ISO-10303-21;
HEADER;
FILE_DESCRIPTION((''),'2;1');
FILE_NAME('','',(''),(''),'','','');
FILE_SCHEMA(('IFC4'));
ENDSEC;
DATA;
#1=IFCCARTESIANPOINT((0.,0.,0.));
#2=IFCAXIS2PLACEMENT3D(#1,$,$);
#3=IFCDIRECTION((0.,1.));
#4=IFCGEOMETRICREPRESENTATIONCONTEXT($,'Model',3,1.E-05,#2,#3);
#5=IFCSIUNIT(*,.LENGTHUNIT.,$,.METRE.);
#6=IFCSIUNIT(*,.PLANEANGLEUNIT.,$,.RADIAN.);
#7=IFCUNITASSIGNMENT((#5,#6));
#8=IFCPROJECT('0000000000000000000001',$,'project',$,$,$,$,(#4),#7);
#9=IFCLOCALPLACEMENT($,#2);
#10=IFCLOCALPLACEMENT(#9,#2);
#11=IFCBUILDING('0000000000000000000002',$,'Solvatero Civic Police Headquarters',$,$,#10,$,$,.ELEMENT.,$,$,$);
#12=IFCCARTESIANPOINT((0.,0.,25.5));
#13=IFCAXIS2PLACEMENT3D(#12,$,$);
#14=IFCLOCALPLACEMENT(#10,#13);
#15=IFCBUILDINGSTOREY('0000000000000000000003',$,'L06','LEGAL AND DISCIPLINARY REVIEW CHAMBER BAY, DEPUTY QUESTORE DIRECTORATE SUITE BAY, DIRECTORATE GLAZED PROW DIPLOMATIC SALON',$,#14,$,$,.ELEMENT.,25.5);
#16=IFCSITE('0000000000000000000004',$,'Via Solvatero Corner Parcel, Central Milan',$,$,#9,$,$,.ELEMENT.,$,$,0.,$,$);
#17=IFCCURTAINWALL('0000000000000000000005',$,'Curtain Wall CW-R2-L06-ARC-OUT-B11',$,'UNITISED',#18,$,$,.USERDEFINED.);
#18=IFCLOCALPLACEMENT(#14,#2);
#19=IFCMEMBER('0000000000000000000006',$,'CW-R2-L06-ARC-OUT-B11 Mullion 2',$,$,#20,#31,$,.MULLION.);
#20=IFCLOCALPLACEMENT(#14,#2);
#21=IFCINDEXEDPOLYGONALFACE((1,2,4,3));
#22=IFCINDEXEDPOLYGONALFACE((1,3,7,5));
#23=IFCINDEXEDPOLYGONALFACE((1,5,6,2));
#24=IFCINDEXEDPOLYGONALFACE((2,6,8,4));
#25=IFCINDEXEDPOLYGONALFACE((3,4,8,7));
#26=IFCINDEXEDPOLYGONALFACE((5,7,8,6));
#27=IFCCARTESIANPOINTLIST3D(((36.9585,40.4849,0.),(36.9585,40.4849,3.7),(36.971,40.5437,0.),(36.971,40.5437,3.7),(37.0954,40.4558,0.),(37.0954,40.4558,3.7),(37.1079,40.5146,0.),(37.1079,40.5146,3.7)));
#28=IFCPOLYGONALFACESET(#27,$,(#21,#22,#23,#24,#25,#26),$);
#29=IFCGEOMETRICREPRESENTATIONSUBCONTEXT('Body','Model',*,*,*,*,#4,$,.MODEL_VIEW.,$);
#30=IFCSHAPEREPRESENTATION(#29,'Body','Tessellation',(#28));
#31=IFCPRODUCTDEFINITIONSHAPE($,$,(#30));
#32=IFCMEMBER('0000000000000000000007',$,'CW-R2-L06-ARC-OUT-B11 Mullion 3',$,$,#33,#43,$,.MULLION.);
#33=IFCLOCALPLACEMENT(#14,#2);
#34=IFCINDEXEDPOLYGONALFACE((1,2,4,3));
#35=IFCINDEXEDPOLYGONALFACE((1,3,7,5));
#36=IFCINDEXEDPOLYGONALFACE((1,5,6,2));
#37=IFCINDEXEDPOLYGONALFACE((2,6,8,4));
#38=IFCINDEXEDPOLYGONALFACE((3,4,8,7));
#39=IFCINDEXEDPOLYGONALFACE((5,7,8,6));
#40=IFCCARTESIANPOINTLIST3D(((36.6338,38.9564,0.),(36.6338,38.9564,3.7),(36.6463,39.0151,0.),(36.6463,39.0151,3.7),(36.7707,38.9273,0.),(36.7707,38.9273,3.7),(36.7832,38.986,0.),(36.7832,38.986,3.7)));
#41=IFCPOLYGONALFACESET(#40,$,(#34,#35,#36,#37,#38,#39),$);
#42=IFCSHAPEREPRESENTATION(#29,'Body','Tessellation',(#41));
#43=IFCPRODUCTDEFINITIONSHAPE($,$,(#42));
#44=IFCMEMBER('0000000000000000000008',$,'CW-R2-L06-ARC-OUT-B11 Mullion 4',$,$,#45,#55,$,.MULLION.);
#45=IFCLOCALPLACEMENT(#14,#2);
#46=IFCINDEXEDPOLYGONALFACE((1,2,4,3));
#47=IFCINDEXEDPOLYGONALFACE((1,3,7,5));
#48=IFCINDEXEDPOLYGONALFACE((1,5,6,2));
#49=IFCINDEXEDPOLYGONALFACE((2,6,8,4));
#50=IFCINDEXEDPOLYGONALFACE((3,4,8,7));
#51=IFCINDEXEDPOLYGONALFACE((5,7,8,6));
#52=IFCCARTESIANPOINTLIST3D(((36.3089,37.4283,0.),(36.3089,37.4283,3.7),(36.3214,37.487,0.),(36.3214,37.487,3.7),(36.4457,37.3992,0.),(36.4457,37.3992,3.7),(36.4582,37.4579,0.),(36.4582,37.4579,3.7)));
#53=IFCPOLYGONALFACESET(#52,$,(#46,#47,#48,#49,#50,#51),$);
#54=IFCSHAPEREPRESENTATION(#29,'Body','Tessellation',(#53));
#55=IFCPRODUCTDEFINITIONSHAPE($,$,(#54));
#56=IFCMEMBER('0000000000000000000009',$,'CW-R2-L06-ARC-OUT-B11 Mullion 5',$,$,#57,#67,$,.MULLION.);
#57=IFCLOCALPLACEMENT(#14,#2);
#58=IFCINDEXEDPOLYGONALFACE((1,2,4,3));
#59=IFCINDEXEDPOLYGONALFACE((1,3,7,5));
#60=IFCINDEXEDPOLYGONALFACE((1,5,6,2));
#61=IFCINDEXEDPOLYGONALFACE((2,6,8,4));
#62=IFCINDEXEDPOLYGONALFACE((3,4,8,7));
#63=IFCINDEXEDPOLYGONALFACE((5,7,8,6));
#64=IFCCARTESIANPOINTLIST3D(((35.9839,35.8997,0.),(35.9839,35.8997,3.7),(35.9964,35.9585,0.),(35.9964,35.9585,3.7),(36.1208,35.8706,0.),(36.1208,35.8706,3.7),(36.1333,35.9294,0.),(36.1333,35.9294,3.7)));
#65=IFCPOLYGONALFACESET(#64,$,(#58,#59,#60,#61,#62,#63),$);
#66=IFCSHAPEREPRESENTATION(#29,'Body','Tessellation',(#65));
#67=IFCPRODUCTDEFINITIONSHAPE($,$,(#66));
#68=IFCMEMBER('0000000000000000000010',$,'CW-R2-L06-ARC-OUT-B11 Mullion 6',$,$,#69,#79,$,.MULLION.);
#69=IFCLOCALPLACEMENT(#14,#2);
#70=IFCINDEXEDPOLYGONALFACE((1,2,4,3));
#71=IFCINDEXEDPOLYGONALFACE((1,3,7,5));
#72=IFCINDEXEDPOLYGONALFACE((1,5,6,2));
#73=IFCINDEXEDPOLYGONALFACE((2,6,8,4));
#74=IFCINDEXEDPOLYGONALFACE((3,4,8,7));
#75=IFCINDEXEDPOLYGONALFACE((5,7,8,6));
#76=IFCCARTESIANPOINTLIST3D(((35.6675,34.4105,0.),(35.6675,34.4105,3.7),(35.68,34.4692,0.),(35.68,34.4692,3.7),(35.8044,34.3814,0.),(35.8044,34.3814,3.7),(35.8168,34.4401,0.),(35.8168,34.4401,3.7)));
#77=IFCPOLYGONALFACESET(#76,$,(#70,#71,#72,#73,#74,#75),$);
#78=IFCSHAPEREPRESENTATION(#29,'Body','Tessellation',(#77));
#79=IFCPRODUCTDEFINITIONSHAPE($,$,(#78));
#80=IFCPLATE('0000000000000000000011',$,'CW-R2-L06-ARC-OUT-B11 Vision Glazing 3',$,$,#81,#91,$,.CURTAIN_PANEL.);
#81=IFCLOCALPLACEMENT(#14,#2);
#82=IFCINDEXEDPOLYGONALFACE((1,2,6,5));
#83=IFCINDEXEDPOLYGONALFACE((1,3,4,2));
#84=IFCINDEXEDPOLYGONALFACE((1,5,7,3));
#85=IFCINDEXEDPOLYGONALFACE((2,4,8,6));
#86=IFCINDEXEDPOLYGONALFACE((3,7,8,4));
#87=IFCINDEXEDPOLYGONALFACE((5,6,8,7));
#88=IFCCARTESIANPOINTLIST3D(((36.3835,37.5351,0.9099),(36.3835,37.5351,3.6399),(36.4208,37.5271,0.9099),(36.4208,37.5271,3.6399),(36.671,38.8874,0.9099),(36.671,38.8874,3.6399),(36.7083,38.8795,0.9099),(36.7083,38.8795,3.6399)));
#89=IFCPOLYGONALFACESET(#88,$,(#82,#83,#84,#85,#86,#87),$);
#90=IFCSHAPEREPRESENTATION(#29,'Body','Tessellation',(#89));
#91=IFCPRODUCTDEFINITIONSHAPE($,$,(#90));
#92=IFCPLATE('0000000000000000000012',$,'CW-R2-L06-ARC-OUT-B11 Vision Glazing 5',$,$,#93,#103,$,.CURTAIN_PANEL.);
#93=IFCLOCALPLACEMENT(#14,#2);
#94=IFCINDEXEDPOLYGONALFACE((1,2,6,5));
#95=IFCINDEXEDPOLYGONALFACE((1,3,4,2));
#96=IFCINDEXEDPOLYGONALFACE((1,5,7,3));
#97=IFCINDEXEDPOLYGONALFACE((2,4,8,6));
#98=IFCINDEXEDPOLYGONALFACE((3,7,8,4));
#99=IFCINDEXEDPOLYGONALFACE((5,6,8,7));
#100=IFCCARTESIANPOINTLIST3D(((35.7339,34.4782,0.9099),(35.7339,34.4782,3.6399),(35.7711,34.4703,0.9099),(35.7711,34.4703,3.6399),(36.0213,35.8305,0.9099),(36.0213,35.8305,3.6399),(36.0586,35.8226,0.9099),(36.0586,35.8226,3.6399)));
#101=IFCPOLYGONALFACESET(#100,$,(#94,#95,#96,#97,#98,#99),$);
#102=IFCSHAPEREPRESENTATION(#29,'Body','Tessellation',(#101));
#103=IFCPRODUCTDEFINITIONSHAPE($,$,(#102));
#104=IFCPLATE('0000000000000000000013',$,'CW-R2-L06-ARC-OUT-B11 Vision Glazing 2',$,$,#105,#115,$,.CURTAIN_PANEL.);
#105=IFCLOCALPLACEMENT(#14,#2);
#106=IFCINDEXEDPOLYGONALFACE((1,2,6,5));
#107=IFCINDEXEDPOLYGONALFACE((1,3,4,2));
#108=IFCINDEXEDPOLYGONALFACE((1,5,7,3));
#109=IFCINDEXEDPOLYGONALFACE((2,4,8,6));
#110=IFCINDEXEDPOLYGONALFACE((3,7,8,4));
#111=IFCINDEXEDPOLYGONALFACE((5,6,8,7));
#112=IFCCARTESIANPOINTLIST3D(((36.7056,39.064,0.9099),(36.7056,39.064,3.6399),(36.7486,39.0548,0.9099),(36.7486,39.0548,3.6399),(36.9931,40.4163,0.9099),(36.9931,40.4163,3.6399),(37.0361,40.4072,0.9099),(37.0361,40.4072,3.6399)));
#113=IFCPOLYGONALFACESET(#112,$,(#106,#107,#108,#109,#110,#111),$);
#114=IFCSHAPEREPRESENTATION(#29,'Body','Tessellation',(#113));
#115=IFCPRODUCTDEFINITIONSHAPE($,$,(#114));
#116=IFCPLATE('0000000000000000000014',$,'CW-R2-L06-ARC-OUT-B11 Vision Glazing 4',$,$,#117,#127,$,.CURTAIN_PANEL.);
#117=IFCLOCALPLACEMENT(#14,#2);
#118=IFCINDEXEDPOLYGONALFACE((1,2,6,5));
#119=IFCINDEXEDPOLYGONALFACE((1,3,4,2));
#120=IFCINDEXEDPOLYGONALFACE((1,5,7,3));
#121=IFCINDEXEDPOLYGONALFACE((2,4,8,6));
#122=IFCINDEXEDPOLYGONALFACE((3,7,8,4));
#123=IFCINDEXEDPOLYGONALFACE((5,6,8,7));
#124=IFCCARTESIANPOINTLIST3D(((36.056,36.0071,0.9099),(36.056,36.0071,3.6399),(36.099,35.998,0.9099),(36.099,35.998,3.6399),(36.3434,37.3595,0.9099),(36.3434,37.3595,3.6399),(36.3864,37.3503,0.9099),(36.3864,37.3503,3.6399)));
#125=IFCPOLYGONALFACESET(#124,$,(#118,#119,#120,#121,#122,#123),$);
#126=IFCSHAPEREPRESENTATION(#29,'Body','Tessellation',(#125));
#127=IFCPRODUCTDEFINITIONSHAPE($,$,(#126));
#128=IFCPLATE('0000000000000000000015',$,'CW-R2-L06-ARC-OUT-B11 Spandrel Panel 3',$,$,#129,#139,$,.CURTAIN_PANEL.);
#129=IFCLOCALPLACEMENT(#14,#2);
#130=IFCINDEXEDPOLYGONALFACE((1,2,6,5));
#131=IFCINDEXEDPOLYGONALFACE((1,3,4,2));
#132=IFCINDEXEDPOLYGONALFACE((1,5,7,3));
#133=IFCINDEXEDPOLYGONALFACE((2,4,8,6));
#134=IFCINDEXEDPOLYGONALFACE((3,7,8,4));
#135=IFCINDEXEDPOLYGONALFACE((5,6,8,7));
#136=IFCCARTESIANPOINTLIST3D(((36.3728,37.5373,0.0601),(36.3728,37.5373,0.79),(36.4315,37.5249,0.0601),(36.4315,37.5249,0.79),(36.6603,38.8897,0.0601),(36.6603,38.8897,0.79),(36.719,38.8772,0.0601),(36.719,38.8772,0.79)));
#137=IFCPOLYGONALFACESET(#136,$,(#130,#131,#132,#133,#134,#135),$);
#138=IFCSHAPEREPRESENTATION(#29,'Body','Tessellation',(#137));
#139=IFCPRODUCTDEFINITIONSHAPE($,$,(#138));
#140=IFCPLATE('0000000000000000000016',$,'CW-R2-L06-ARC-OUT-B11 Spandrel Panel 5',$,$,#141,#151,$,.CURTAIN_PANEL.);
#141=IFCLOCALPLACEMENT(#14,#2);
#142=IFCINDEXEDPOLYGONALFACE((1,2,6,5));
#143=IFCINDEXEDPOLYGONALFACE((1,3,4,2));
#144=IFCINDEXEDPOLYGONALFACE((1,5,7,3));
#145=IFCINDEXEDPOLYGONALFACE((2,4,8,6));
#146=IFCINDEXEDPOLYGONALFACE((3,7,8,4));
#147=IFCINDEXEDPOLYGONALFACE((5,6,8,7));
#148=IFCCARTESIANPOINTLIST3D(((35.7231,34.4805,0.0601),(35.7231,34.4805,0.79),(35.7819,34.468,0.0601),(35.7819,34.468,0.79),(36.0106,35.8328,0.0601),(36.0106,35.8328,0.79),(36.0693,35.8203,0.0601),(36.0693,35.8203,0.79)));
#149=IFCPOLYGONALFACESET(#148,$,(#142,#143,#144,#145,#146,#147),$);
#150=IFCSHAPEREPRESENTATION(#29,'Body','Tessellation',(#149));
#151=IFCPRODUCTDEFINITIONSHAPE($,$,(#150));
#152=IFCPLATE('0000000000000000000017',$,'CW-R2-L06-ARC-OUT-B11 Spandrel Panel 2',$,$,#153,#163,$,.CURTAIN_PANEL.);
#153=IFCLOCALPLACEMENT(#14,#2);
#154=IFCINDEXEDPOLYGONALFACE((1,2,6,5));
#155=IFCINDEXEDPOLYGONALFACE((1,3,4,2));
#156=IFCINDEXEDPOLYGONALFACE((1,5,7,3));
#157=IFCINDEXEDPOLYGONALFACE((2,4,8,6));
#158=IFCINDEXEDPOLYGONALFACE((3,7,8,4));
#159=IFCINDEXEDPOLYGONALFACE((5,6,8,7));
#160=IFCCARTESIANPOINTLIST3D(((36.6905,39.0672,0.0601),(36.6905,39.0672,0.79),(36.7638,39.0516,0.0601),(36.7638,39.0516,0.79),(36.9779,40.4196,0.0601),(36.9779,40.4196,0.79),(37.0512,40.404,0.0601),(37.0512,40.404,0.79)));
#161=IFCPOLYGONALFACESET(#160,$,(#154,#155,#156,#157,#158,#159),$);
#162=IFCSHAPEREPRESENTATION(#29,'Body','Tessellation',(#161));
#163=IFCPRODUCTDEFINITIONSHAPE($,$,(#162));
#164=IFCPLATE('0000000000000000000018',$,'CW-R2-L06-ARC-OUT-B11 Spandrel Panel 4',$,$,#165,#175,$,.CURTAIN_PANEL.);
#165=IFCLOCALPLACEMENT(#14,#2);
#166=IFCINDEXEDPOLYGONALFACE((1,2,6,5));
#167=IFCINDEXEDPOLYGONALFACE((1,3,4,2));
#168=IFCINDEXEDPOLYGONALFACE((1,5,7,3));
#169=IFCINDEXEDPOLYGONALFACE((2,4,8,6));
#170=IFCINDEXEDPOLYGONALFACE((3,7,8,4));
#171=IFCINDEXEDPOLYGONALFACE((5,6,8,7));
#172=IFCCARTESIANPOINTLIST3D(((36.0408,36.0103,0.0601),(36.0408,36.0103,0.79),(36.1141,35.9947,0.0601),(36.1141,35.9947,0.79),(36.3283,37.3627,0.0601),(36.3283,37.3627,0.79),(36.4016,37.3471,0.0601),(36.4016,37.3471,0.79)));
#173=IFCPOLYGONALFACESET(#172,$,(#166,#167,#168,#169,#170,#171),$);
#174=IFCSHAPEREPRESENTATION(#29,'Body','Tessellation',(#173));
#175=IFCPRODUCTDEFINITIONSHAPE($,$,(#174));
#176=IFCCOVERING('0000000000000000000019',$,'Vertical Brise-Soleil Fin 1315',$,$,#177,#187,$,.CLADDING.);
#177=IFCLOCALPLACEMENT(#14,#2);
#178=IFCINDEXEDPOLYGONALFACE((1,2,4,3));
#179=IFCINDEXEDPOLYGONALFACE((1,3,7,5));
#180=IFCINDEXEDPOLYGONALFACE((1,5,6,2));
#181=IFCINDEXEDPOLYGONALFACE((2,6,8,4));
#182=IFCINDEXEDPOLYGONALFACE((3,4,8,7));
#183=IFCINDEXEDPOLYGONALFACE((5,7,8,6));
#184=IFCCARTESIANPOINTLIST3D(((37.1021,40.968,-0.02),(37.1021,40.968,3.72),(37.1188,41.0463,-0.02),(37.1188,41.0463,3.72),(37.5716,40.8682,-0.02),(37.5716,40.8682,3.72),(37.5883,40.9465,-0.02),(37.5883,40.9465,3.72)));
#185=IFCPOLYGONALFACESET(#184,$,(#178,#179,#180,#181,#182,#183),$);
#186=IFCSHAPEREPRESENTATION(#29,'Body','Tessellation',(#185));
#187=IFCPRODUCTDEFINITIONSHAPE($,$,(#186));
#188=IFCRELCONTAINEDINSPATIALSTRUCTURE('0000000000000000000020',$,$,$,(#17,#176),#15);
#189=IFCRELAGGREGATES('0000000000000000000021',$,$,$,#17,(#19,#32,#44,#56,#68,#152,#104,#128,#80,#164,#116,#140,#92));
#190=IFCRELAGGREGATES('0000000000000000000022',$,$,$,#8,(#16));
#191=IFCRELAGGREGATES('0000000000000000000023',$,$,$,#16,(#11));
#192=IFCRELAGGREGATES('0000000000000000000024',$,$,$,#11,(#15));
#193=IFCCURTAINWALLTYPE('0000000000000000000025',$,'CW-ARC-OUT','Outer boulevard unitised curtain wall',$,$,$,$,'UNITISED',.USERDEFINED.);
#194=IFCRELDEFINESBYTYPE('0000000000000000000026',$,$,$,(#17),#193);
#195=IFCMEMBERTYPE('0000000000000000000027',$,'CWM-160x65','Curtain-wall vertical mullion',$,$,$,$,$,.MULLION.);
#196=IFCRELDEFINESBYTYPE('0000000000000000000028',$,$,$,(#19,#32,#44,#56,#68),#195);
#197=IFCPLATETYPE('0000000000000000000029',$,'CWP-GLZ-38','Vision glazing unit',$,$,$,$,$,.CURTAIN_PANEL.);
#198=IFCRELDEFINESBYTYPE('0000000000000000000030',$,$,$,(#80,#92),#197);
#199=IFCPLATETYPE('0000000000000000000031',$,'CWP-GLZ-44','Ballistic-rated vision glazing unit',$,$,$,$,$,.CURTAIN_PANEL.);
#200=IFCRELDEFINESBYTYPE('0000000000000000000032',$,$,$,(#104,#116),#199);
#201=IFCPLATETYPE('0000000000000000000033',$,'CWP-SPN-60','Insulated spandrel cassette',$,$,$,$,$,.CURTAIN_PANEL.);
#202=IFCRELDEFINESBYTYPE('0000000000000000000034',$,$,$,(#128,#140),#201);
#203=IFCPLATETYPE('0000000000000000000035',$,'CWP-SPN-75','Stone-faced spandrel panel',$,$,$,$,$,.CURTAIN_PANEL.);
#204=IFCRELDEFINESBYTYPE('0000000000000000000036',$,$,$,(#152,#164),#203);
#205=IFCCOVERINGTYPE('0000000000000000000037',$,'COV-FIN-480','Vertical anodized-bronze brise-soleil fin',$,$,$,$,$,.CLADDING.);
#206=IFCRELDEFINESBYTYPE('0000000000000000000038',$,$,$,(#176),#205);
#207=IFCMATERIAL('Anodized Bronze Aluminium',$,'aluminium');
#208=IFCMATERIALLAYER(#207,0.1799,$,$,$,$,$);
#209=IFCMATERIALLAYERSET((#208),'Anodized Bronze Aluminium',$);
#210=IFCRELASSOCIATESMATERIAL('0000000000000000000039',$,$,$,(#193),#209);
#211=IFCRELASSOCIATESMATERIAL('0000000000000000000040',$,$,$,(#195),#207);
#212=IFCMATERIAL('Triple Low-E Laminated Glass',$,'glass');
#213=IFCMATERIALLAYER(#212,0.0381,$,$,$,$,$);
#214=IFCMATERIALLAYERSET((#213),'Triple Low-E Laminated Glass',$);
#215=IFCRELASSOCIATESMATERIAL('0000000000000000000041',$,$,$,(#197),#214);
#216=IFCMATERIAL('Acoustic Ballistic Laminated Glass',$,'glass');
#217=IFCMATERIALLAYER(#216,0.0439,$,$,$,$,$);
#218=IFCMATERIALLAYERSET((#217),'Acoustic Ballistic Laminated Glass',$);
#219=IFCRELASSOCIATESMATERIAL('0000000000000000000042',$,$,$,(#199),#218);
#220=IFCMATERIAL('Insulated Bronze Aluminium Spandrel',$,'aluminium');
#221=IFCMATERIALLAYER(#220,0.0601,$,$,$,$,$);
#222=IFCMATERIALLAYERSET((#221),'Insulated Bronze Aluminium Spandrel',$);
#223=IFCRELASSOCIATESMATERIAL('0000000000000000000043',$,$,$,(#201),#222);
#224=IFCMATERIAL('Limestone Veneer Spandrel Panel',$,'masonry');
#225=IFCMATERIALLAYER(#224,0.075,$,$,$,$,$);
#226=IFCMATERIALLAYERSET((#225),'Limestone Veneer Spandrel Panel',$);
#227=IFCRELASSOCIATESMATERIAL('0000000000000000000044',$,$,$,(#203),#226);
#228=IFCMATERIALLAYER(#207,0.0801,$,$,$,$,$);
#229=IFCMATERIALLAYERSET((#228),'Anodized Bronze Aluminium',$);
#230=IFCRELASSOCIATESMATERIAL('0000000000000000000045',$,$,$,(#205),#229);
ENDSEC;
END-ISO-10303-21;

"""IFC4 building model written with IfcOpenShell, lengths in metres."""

from ifc_helpers import new_model, si_unit, direction, frame, origin, origin_2d, place, context, subcontext, project, spatial, rectangle, extrude, material, layer, layer_set, material_profile, profile_set, type_object, element, aggregate, save


model = new_model("IFC4")

# Units and contexts
model_context = context("Model", 3, precision=1e-05, world=origin(), true_north=direction((0.0, 1.0)))
body_context = subcontext(model_context, "Body", "Model", "MODEL_VIEW")
ifc_project = project(units=[si_unit("LENGTHUNIT", "METRE"), si_unit("PLANEANGLEUNIT", "RADIAN")], contexts=[model_context])

# Site, building, storey
site_placement = place(None, origin())
site = spatial("IfcSite", under=ifc_project, at=site_placement, Name="Via Solvatero Corner Parcel, Central Milan", CompositionType="ELEMENT", RefElevation=0.0)
building_placement = place(site_placement, origin())
building = spatial("IfcBuilding", under=site, at=building_placement, Name="Solvatero Civic Police Headquarters", CompositionType="ELEMENT")
storey_placement = place(building_placement, frame((0.0, 0.0, 25.5)))
storey = spatial("IfcBuildingStorey", under=building, at=storey_placement, Name="L06", Description="LEGAL AND DISCIPLINARY REVIEW CHAMBER BAY, DEPUTY QUESTORE DIRECTORATE SUITE BAY, DIRECTORATE GLAZED PROW DIPLOMATIC SALON", CompositionType="ELEMENT", Elevation=25.5)

# Curtain wall, members, plates
ifc_material_1 = material(Name="Anodized Bronze Aluminium", Category="aluminium")
ifc_layer_1 = layer(ifc_material_1, 0.1799)
ifc_layer_set_1 = layer_set([ifc_layer_1], Name="Anodized Bronze Aluminium")
curtain_wall_type = type_object("IfcCurtainWallType", Name="CW-ARC-OUT", Description="Outer boulevard unitised curtain wall", ElementType="UNITISED", PredefinedType="USERDEFINED", material=ifc_layer_set_1)
curtain_wall_placement = place(storey_placement, origin())
curtain_wall = element("IfcCurtainWall", 1, at=curtain_wall_placement, inside=storey, type_object=curtain_wall_type, Name="Curtain Wall CW-R2-L06-ARC-OUT-B11", ObjectType="UNITISED", PredefinedType="USERDEFINED")
ifc_material_profile = material_profile(ifc_material_1, rectangle(XDim=0.0601, YDim=0.1399, at=origin_2d()), Name="ALU MULLION 60x140")
ifc_profile_set = profile_set([ifc_material_profile], Name="Anodized Bronze Aluminium")
member_type = type_object("IfcMemberType", Name="CWM-160x65", Description="Curtain-wall vertical mullion", PredefinedType="MULLION", material=ifc_profile_set)
member_1_placement = place(storey_placement, frame((37.0332, 40.4998, 0.0), z_axis=(0.0, 0.0, 1.0), x_axis=(-0.207912, -0.978148, 0.0)))
member_1 = element("IfcMember", 2, at=member_1_placement, type_object=member_type, Name="CW-R2-L06-ARC-OUT-B11 Mullion 2", PredefinedType="MULLION", context=body_context, shape_type="SweptSolid", body=[
    extrude(rectangle(XDim=0.0601, YDim=0.1399, at=origin_2d()), origin(), (0.0, 0.0, 1.0), 3.7),
])
member_2_placement = place(storey_placement, frame((36.7085, 38.9712, 0.0), z_axis=(0.0, 0.0, 1.0), x_axis=(-0.207912, -0.978148, 0.0)))
member_2 = element("IfcMember", 3, at=member_2_placement, type_object=member_type, Name="CW-R2-L06-ARC-OUT-B11 Mullion 3", PredefinedType="MULLION", context=body_context, shape_type="SweptSolid", body=[
    extrude(rectangle(XDim=0.0601, YDim=0.1399, at=origin_2d()), origin(), (0.0, 0.0, 1.0), 3.7),
])
member_3_placement = place(storey_placement, frame((36.3835, 37.4431, 0.0), z_axis=(0.0, 0.0, 1.0), x_axis=(-0.207912, -0.978148, 0.0)))
member_3 = element("IfcMember", 4, at=member_3_placement, type_object=member_type, Name="CW-R2-L06-ARC-OUT-B11 Mullion 4", PredefinedType="MULLION", context=body_context, shape_type="SweptSolid", body=[
    extrude(rectangle(XDim=0.0601, YDim=0.1399, at=origin_2d()), origin(), (0.0, 0.0, 1.0), 3.7),
])
member_4_placement = place(storey_placement, frame((36.0586, 35.9146, 0.0), z_axis=(0.0, 0.0, 1.0), x_axis=(-0.207912, -0.978148, 0.0)))
member_4 = element("IfcMember", 5, at=member_4_placement, type_object=member_type, Name="CW-R2-L06-ARC-OUT-B11 Mullion 5", PredefinedType="MULLION", context=body_context, shape_type="SweptSolid", body=[
    extrude(rectangle(XDim=0.0601, YDim=0.1399, at=origin_2d()), origin(), (0.0, 0.0, 1.0), 3.7),
])
member_5_placement = place(storey_placement, frame((35.7422, 34.4253, 0.0), z_axis=(0.0, 0.0, 1.0), x_axis=(-0.207912, -0.978148, 0.0)))
member_5 = element("IfcMember", 6, at=member_5_placement, type_object=member_type, Name="CW-R2-L06-ARC-OUT-B11 Mullion 6", PredefinedType="MULLION", context=body_context, shape_type="SweptSolid", body=[
    extrude(rectangle(XDim=0.0601, YDim=0.1399, at=origin_2d()), origin(), (0.0, 0.0, 1.0), 3.7),
])
ifc_material_2 = material(Name="Triple Low-E Laminated Glass", Category="glass")
ifc_layer_2 = layer(ifc_material_2, 0.0381)
ifc_layer_set_2 = layer_set([ifc_layer_2], Name="Triple Low-E Laminated Glass")
plate_type_1 = type_object("IfcPlateType", Name="CWP-GLZ-38", Description="Vision glazing unit", PredefinedType="CURTAIN_PANEL", material=ifc_layer_set_2)
plate_1_placement = place(storey_placement, frame((36.5459, 38.2073, 0.9099), z_axis=(0.0, 0.0, 1.0), x_axis=(-0.207912, -0.978148, 0.0)))
plate_1 = element("IfcPlate", 7, at=plate_1_placement, type_object=plate_type_1, Name="CW-R2-L06-ARC-OUT-B11 Vision Glazing 3", PredefinedType="CURTAIN_PANEL", context=body_context, shape_type="SweptSolid", body=[
    extrude(rectangle(XDim=1.3826, YDim=0.0381, at=origin_2d()), origin(), (0.0, 0.0, 1.0), 2.73),
])
plate_2_placement = place(storey_placement, frame((35.8962, 35.1504, 0.9099), z_axis=(0.0, 0.0, 1.0), x_axis=(-0.207912, -0.978148, 0.0)))
plate_2 = element("IfcPlate", 8, at=plate_2_placement, type_object=plate_type_1, Name="CW-R2-L06-ARC-OUT-B11 Vision Glazing 5", PredefinedType="CURTAIN_PANEL", context=body_context, shape_type="SweptSolid", body=[
    extrude(rectangle(XDim=1.3826, YDim=0.0381, at=origin_2d()), origin(), (0.0, 0.0, 1.0), 2.73),
])
ifc_material_3 = material(Name="Acoustic Ballistic Laminated Glass", Category="glass")
ifc_layer_3 = layer(ifc_material_3, 0.0439)
ifc_layer_set_3 = layer_set([ifc_layer_3], Name="Acoustic Ballistic Laminated Glass")
plate_type_2 = type_object("IfcPlateType", Name="CWP-GLZ-44", Description="Ballistic-rated vision glazing unit", PredefinedType="CURTAIN_PANEL", material=ifc_layer_set_3)
plate_3_placement = place(storey_placement, frame((36.8708, 39.7356, 0.9099), z_axis=(0.0, 0.0, 1.0), x_axis=(-0.207912, -0.978148, 0.0)))
plate_3 = element("IfcPlate", 9, at=plate_3_placement, type_object=plate_type_2, Name="CW-R2-L06-ARC-OUT-B11 Vision Glazing 2", PredefinedType="CURTAIN_PANEL", context=body_context, shape_type="SweptSolid", body=[
    extrude(rectangle(XDim=1.3826, YDim=0.0439, at=origin_2d()), origin(), (0.0, 0.0, 1.0), 2.73),
])
plate_4_placement = place(storey_placement, frame((36.2212, 36.6787, 0.9099), z_axis=(0.0, 0.0, 1.0), x_axis=(-0.207912, -0.978148, 0.0)))
plate_4 = element("IfcPlate", 10, at=plate_4_placement, type_object=plate_type_2, Name="CW-R2-L06-ARC-OUT-B11 Vision Glazing 4", PredefinedType="CURTAIN_PANEL", context=body_context, shape_type="SweptSolid", body=[
    extrude(rectangle(XDim=1.3826, YDim=0.0439, at=origin_2d()), origin(), (0.0, 0.0, 1.0), 2.73),
])
ifc_material_4 = material(Name="Insulated Bronze Aluminium Spandrel", Category="aluminium")
ifc_layer_4 = layer(ifc_material_4, 0.0601)
ifc_layer_set_4 = layer_set([ifc_layer_4], Name="Insulated Bronze Aluminium Spandrel")
plate_type_3 = type_object("IfcPlateType", Name="CWP-SPN-60", Description="Insulated spandrel cassette", PredefinedType="CURTAIN_PANEL", material=ifc_layer_set_4)
plate_5_placement = place(storey_placement, frame((36.5459, 38.2073, 0.0601), z_axis=(0.0, 0.0, 1.0), x_axis=(-0.207912, -0.978148, 0.0)))
plate_5 = element("IfcPlate", 11, at=plate_5_placement, type_object=plate_type_3, Name="CW-R2-L06-ARC-OUT-B11 Spandrel Panel 3", PredefinedType="CURTAIN_PANEL", context=body_context, shape_type="SweptSolid", body=[
    extrude(rectangle(XDim=1.3826, YDim=0.0601, at=origin_2d()), origin(), (0.0, 0.0, 1.0), 0.73),
])
plate_6_placement = place(storey_placement, frame((35.8962, 35.1504, 0.0601), z_axis=(0.0, 0.0, 1.0), x_axis=(-0.207912, -0.978148, 0.0)))
plate_6 = element("IfcPlate", 12, at=plate_6_placement, type_object=plate_type_3, Name="CW-R2-L06-ARC-OUT-B11 Spandrel Panel 5", PredefinedType="CURTAIN_PANEL", context=body_context, shape_type="SweptSolid", body=[
    extrude(rectangle(XDim=1.3826, YDim=0.0601, at=origin_2d()), origin(), (0.0, 0.0, 1.0), 0.73),
])
ifc_material_5 = material(Name="Limestone Veneer Spandrel Panel", Category="masonry")
ifc_layer_5 = layer(ifc_material_5, 0.075)
ifc_layer_set_5 = layer_set([ifc_layer_5], Name="Limestone Veneer Spandrel Panel")
plate_type_4 = type_object("IfcPlateType", Name="CWP-SPN-75", Description="Stone-faced spandrel panel", PredefinedType="CURTAIN_PANEL", material=ifc_layer_set_5)
plate_7_placement = place(storey_placement, frame((36.8708, 39.7356, 0.0601), z_axis=(0.0, 0.0, 1.0), x_axis=(-0.207912, -0.978148, 0.0)))
plate_7 = element("IfcPlate", 13, at=plate_7_placement, type_object=plate_type_4, Name="CW-R2-L06-ARC-OUT-B11 Spandrel Panel 2", PredefinedType="CURTAIN_PANEL", context=body_context, shape_type="SweptSolid", body=[
    extrude(rectangle(XDim=1.3826, YDim=0.075, at=origin_2d()), origin(), (0.0, 0.0, 1.0), 0.73),
])
plate_8_placement = place(storey_placement, frame((36.2212, 36.6787, 0.0601), z_axis=(0.0, 0.0, 1.0), x_axis=(-0.207912, -0.978148, 0.0)))
plate_8 = element("IfcPlate", 14, at=plate_8_placement, type_object=plate_type_4, Name="CW-R2-L06-ARC-OUT-B11 Spandrel Panel 4", PredefinedType="CURTAIN_PANEL", context=body_context, shape_type="SweptSolid", body=[
    extrude(rectangle(XDim=1.3826, YDim=0.075, at=origin_2d()), origin(), (0.0, 0.0, 1.0), 0.73),
])
aggregate(curtain_wall, [member_1, member_2, member_3, member_4, member_5, plate_7, plate_3, plate_5, plate_1, plate_8, plate_4, plate_6, plate_2])

# Covering
ifc_layer_6 = layer(ifc_material_1, 0.0801)
ifc_layer_set_6 = layer_set([ifc_layer_6], Name="Anodized Bronze Aluminium")
covering_type = type_object("IfcCoveringType", Name="COV-FIN-480", Description="Vertical anodized-bronze brise-soleil fin", PredefinedType="CLADDING", material=ifc_layer_set_6)
for number, where, z_axis, x_axis, name in (
    (15, (37.3452, 40.9573, -0.02), (0.0, 0.0, 1.0), (-0.207912, -0.978148, 0.0), "Vertical Brise-Soleil Fin 1315"),
):
    element("IfcCovering", number, at=place(storey_placement, frame(where, z_axis=z_axis, x_axis=x_axis)), inside=storey, type_object=covering_type, Name=name, PredefinedType="CLADDING", context=body_context, shape_type="SweptSolid", body=[
        extrude(rectangle(XDim=0.0801, YDim=0.48, at=origin_2d()), origin(), (0.0, 0.0, 1.0), 3.74),
    ])

save(model, "model.ifc")
